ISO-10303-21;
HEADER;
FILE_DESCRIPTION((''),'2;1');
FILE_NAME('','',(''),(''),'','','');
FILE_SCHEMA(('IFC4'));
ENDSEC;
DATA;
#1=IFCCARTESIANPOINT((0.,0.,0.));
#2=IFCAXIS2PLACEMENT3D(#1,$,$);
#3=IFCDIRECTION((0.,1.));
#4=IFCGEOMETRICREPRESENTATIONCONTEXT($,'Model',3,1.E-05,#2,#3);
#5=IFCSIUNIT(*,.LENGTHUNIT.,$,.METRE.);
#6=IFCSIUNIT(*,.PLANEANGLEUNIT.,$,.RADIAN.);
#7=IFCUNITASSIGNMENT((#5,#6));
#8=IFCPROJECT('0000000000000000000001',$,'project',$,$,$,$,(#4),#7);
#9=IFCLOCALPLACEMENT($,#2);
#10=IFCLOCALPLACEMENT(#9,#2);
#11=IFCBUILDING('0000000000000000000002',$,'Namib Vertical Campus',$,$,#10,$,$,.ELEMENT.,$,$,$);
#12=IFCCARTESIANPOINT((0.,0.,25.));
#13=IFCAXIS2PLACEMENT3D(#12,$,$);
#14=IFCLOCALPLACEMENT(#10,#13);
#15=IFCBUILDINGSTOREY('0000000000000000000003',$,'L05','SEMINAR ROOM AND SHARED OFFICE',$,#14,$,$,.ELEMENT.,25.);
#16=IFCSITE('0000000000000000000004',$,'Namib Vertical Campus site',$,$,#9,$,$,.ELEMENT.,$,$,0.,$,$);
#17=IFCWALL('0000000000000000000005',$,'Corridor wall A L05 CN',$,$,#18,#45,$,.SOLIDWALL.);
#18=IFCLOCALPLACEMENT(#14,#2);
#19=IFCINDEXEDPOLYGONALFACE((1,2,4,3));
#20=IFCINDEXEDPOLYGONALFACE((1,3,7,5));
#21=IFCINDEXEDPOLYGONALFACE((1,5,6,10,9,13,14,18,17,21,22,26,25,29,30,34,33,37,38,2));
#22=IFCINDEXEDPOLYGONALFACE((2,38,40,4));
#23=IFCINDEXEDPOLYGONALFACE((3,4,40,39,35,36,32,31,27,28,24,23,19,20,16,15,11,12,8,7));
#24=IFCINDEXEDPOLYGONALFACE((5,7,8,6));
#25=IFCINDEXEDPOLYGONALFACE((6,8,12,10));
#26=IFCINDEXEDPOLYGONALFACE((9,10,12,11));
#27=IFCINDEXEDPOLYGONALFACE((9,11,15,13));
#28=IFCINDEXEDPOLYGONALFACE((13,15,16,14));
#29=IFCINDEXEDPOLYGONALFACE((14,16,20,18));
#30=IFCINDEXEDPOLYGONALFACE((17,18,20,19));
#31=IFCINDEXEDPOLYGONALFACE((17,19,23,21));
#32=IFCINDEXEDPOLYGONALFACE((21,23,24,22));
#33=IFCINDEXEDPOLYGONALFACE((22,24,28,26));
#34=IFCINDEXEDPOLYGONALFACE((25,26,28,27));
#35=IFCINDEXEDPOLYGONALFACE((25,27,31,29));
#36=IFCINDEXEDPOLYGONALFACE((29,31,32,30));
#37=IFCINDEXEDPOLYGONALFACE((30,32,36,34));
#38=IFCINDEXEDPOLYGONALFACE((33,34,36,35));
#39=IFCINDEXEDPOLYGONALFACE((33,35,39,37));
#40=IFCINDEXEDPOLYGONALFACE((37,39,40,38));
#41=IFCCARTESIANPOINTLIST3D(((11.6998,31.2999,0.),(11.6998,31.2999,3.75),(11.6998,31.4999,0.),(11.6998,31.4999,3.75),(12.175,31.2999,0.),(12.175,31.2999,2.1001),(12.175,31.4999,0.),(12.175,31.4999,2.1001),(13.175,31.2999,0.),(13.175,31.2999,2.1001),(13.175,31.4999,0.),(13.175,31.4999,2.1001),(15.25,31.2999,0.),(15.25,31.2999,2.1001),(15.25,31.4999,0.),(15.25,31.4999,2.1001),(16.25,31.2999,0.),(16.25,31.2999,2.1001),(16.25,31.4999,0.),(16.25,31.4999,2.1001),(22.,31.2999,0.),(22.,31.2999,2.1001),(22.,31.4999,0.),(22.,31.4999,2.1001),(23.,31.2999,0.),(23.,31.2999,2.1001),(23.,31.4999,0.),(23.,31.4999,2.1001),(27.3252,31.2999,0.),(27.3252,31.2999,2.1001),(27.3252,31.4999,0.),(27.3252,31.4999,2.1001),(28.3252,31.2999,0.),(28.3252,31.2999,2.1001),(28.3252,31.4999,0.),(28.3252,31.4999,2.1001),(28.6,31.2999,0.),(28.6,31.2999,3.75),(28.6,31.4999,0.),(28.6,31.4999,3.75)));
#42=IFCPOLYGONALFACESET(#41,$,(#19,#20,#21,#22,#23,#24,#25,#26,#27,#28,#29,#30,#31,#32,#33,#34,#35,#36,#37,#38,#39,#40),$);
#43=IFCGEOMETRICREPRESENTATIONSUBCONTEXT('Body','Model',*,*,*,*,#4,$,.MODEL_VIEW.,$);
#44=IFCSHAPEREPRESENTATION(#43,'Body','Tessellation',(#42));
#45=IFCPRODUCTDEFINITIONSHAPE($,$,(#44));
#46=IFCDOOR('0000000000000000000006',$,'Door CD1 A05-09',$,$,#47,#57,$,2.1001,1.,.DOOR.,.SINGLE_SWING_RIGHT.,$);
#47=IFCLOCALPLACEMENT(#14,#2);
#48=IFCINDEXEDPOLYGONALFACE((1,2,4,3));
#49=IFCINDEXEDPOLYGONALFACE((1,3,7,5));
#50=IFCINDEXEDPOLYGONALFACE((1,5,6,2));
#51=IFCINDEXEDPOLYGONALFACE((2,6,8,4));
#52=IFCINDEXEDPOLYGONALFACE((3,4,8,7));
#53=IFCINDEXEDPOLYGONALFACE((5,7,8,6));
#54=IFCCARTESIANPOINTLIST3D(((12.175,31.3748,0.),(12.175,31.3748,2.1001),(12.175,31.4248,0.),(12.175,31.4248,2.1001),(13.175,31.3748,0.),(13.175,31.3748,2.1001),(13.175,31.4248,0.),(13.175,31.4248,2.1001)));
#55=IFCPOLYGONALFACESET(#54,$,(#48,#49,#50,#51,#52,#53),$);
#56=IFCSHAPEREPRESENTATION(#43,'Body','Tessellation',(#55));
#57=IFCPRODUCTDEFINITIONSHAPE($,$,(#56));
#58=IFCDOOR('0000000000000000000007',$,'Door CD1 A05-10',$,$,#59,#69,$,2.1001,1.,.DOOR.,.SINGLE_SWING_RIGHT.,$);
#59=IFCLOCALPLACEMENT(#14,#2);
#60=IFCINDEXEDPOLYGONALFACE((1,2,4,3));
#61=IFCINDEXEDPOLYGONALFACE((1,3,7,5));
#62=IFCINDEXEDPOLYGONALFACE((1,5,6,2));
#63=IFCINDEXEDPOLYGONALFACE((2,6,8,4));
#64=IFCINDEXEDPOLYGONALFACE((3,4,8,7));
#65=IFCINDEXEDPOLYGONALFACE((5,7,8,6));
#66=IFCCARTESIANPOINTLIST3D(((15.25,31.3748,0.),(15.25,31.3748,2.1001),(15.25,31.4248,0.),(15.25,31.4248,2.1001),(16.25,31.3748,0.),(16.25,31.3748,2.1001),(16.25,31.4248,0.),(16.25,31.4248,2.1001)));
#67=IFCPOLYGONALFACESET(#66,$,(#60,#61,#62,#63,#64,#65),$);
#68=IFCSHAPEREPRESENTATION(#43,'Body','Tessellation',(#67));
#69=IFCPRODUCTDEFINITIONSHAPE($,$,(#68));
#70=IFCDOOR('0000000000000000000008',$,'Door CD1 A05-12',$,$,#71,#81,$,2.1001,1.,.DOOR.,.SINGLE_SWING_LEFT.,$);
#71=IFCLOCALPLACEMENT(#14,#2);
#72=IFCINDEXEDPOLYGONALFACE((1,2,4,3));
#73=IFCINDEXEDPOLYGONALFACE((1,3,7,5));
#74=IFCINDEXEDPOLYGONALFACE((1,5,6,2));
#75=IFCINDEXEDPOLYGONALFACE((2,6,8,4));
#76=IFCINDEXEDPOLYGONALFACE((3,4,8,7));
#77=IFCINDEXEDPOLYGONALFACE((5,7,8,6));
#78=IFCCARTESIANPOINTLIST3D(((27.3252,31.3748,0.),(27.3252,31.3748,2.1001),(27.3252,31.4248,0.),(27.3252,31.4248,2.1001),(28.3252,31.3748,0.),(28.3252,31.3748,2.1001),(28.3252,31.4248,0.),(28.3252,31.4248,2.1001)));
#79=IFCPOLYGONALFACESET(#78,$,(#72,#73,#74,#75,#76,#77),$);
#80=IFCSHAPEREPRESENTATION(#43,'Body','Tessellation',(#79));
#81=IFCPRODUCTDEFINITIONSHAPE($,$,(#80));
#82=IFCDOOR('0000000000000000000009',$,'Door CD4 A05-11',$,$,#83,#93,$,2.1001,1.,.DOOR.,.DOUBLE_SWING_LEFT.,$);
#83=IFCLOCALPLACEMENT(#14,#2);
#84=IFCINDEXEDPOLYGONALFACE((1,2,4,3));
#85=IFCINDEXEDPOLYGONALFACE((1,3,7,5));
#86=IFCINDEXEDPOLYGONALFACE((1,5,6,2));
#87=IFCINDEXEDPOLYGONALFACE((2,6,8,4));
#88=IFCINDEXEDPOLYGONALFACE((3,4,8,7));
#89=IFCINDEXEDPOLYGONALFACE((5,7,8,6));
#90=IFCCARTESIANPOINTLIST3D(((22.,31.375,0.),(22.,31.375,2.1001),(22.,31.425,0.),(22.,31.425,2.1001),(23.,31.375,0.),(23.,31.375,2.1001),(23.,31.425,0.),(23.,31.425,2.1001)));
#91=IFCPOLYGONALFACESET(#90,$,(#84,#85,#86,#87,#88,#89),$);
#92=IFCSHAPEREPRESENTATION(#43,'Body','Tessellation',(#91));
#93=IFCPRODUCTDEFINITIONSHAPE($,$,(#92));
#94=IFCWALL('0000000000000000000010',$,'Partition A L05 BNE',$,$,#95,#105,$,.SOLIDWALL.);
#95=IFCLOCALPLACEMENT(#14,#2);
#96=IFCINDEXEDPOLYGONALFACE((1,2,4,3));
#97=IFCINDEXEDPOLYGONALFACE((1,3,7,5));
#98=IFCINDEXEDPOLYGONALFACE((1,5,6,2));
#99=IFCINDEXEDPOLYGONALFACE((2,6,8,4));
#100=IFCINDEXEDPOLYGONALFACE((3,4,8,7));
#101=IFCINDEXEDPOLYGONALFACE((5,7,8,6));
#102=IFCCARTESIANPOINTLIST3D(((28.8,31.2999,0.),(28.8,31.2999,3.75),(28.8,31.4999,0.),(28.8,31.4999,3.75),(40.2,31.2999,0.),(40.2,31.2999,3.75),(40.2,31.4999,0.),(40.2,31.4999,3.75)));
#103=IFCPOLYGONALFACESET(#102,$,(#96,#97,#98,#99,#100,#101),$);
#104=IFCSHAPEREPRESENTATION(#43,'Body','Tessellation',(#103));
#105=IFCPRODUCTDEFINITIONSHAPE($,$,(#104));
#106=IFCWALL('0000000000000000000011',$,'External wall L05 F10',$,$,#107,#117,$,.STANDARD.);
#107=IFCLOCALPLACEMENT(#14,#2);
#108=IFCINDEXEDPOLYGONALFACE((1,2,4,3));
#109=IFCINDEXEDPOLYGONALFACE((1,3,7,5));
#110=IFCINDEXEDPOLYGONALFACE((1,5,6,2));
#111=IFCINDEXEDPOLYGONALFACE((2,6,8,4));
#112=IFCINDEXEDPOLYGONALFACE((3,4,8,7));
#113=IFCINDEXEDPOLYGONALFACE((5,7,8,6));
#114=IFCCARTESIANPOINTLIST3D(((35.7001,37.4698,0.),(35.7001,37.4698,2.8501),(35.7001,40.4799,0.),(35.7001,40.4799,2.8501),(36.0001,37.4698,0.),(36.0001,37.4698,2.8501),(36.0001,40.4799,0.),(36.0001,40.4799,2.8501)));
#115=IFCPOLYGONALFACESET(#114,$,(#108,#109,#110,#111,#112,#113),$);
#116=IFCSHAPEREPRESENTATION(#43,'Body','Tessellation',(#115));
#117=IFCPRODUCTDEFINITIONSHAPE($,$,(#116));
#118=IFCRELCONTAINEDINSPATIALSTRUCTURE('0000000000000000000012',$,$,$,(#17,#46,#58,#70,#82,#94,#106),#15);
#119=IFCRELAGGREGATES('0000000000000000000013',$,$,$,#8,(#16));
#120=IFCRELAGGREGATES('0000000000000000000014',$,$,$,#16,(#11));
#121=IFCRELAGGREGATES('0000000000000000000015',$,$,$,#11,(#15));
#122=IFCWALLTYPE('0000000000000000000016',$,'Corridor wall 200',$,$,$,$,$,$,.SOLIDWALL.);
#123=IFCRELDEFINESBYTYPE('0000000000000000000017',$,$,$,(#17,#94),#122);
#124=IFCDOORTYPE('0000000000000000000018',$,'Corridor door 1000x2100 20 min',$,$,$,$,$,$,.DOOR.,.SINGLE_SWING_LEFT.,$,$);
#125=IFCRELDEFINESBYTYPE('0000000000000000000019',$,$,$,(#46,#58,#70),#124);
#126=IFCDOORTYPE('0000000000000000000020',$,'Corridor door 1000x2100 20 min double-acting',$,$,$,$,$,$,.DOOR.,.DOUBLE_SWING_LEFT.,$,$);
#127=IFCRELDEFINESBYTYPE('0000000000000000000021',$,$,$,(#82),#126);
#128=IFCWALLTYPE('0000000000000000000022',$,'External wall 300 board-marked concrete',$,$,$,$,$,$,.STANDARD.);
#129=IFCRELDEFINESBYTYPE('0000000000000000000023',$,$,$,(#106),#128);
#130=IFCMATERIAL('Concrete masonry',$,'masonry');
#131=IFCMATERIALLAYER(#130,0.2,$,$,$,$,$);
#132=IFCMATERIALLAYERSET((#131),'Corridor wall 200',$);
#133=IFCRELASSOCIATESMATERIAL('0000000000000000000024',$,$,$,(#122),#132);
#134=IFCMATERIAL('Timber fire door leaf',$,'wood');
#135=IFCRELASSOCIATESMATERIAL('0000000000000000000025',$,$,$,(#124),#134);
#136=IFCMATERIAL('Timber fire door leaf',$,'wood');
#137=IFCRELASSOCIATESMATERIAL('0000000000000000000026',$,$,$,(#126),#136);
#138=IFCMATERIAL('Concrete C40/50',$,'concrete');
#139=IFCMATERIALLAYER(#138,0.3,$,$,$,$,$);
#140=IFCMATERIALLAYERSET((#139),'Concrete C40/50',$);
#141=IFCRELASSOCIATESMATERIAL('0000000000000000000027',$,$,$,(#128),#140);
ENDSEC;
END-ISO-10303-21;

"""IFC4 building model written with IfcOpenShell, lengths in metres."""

from ifc_helpers import new_model, si_unit, direction, frame, frame_2d, origin, place, context, subcontext, project, spatial, rectangle, extrude, material, layer, layer_set, type_object, element, fill, save


model = new_model("IFC4")

# Units and contexts
model_context = context("Model", 3, precision=1e-05, world=origin(), true_north=direction((0.0, 1.0)))
body_context = subcontext(model_context, "Body", "Model", "MODEL_VIEW")
ifc_project = project(units=[si_unit("LENGTHUNIT", "METRE"), si_unit("PLANEANGLEUNIT", "RADIAN")], contexts=[model_context])

# Site, building, storey
site_placement = place(None, origin())
site = spatial("IfcSite", under=ifc_project, at=site_placement, Name="Namib Vertical Campus site", CompositionType="ELEMENT", RefElevation=0.0)
building_placement = place(site_placement, origin())
building = spatial("IfcBuilding", under=site, at=building_placement, Name="Namib Vertical Campus", CompositionType="ELEMENT")
storey_placement = place(building_placement, frame((0.0, 0.0, 25.0)))
storey = spatial("IfcBuildingStorey", under=building, at=storey_placement, Name="L05", Description="SEMINAR ROOM AND SHARED OFFICE", CompositionType="ELEMENT", Elevation=25.0)

# Wall, openings, doors
ifc_material_1 = material(Name="Concrete masonry", Category="masonry")
ifc_layer_1 = layer(ifc_material_1, 0.2)
ifc_layer_set_1 = layer_set([ifc_layer_1], Name="Corridor wall 200")
wall_type_1 = type_object("IfcWallType", Name="Corridor wall 200", PredefinedType="SOLIDWALL", material=ifc_layer_set_1)
wall_1_placement = place(storey_placement, frame((28.6001, 31.3999, 0.0), z_axis=(0.0, 0.0, 1.0), x_axis=(-1.0, 0.0, 0.0)))
wall_1 = element("IfcWall", 1, at=wall_1_placement, inside=storey, type_object=wall_type_1, Name="Corridor wall A L05 CN", PredefinedType="SOLIDWALL", context=body_context, shape_type="SweptSolid", body=[
    extrude(rectangle(XDim=16.9001, YDim=0.2, at=frame_2d((8.4502, 0.0))), origin(), (0.0, 0.0, 1.0), 3.75),
])
opening_1_placement = place(wall_1_placement, frame((15.425, 0.0, 0.0)))
opening_1 = element("IfcOpeningElement", 2, at=opening_1_placement, cuts=wall_1, PredefinedType="OPENING", context=body_context, shape_type="SweptSolid", body=[
    extrude(rectangle(XDim=1.0, YDim=2.1001, at=frame_2d((0.5, 1.05))), frame((0.0, 0.1099, 0.0), z_axis=(0.0, -1.0, 0.0), x_axis=(1.0, 0.0, 0.0)), (0.0, 0.0, 1.0), 0.22),
])
opening_2_placement = place(wall_1_placement, frame((12.3501, 0.0, 0.0)))
opening_2 = element("IfcOpeningElement", 3, at=opening_2_placement, cuts=wall_1, PredefinedType="OPENING", context=body_context, shape_type="SweptSolid", body=[
    extrude(rectangle(XDim=1.0, YDim=2.1001, at=frame_2d((0.5, 1.05))), frame((0.0, 0.1099, 0.0), z_axis=(0.0, -1.0, 0.0), x_axis=(1.0, 0.0, 0.0)), (0.0, 0.0, 1.0), 0.22),
])
opening_3_placement = place(wall_1_placement, frame((5.6001, 0.0, 0.0)))
opening_3 = element("IfcOpeningElement", 4, at=opening_3_placement, cuts=wall_1, PredefinedType="OPENING", context=body_context, shape_type="SweptSolid", body=[
    extrude(rectangle(XDim=1.0, YDim=2.1001, at=frame_2d((0.5, 1.05))), frame((0.0, 0.1099, 0.0), z_axis=(0.0, -1.0, 0.0), x_axis=(1.0, 0.0, 0.0)), (0.0, 0.0, 1.0), 0.22),
])
opening_4_placement = place(wall_1_placement, frame((0.2749, 0.0, 0.0)))
opening_4 = element("IfcOpeningElement", 5, at=opening_4_placement, cuts=wall_1, PredefinedType="OPENING", context=body_context, shape_type="SweptSolid", body=[
    extrude(rectangle(XDim=1.0, YDim=2.1001, at=frame_2d((0.5, 1.05))), frame((0.0, 0.1099, 0.0), z_axis=(0.0, -1.0, 0.0), x_axis=(1.0, 0.0, 0.0)), (0.0, 0.0, 1.0), 0.22),
])
ifc_material_2 = material(Name="Timber fire door leaf", Category="wood")
door_type_1 = type_object("IfcDoorType", Name="Corridor door 1000x2100 20 min", OperationType="SINGLE_SWING_LEFT", PredefinedType="DOOR", material=ifc_material_2)
door_1_placement = place(opening_1_placement, frame((1.0, 0.0, 0.0), z_axis=(0.0, 0.0, 1.0), x_axis=(-1.0, 0.0, 0.0)))
door_1 = element("IfcDoor", 6, at=door_1_placement, inside=storey, type_object=door_type_1, Name="Door CD1 A05-09", OperationType="SINGLE_SWING_RIGHT", OverallHeight=2.1001, OverallWidth=1.0, PredefinedType="DOOR", context=body_context, shape_type="SweptSolid", body=[
    extrude(rectangle(XDim=1.0, YDim=2.1001, at=frame_2d((0.5, 1.05))), frame((0.0, 0.0249, 0.0), z_axis=(0.0, -1.0, 0.0), x_axis=(1.0, 0.0, 0.0)), (0.0, 0.0, 1.0), 0.05),
])
fill(opening_1, door_1)
door_2_placement = place(opening_2_placement, frame((1.0, 0.0, 0.0), z_axis=(0.0, 0.0, 1.0), x_axis=(-1.0, 0.0, 0.0)))
door_2 = element("IfcDoor", 7, at=door_2_placement, inside=storey, type_object=door_type_1, Name="Door CD1 A05-10", OperationType="SINGLE_SWING_RIGHT", OverallHeight=2.1001, OverallWidth=1.0, PredefinedType="DOOR", context=body_context, shape_type="SweptSolid", body=[
    extrude(rectangle(XDim=1.0, YDim=2.1001, at=frame_2d((0.5, 1.05))), frame((0.0, 0.0249, 0.0), z_axis=(0.0, -1.0, 0.0), x_axis=(1.0, 0.0, 0.0)), (0.0, 0.0, 1.0), 0.05),
])
fill(opening_2, door_2)
door_3_placement = place(opening_4_placement, frame((1.0, 0.0, 0.0), z_axis=(0.0, 0.0, 1.0), x_axis=(-1.0, 0.0, 0.0)))
door_3 = element("IfcDoor", 8, at=door_3_placement, inside=storey, type_object=door_type_1, Name="Door CD1 A05-12", OperationType="SINGLE_SWING_LEFT", OverallHeight=2.1001, OverallWidth=1.0, PredefinedType="DOOR", context=body_context, shape_type="SweptSolid", body=[
    extrude(rectangle(XDim=1.0, YDim=2.1001, at=frame_2d((0.5, 1.05))), frame((0.0, 0.0249, 0.0), z_axis=(0.0, -1.0, 0.0), x_axis=(1.0, 0.0, 0.0)), (0.0, 0.0, 1.0), 0.05),
])
fill(opening_4, door_3)
ifc_material_3 = material(Name="Timber fire door leaf", Category="wood")
door_type_2 = type_object("IfcDoorType", Name="Corridor door 1000x2100 20 min double-acting", OperationType="DOUBLE_SWING_LEFT", PredefinedType="DOOR", material=ifc_material_3)
door_4_placement = place(opening_3_placement, origin())
door_4 = element("IfcDoor", 9, at=door_4_placement, inside=storey, type_object=door_type_2, Name="Door CD4 A05-11", OperationType="DOUBLE_SWING_LEFT", OverallHeight=2.1001, OverallWidth=1.0, PredefinedType="DOOR", context=body_context, shape_type="SweptSolid", body=[
    extrude(rectangle(XDim=1.0, YDim=2.1001, at=frame_2d((0.5, 1.05))), frame((0.0, 0.0249, 0.0), z_axis=(0.0, -1.0, 0.0), x_axis=(1.0, 0.0, 0.0)), (0.0, 0.0, 1.0), 0.05),
])
fill(opening_3, door_4)

# Walls
wall_2_placement = place(storey_placement, frame((28.8, 31.3999, 0.0), z_axis=(0.0, 0.0, 1.0), x_axis=(1.0, 0.0, 0.0)))
element("IfcWall", 10, at=wall_2_placement, inside=storey, type_object=wall_type_1, Name="Partition A L05 BNE", PredefinedType="SOLIDWALL", context=body_context, shape_type="SweptSolid", body=[
    extrude(rectangle(XDim=11.3999, YDim=0.2, at=frame_2d((5.7, 0.0))), origin(), (0.0, 0.0, 1.0), 3.75),
])
ifc_material_4 = material(Name="Concrete C40/50", Category="concrete")
ifc_layer_2 = layer(ifc_material_4, 0.3)
ifc_layer_set_2 = layer_set([ifc_layer_2], Name="Concrete C40/50")
wall_type_2 = type_object("IfcWallType", Name="External wall 300 board-marked concrete", PredefinedType="STANDARD", material=ifc_layer_set_2)
wall_3_placement = place(storey_placement, frame((35.8501, 37.47, 0.0), z_axis=(0.0, 0.0, 1.0), x_axis=(0.0, 1.0, 0.0)))
element("IfcWall", 11, at=wall_3_placement, inside=storey, type_object=wall_type_2, Name="External wall L05 F10", PredefinedType="STANDARD", context=body_context, shape_type="SweptSolid", body=[
    extrude(rectangle(XDim=3.01, YDim=0.3, at=frame_2d((1.5049, 0.0))), origin(), (0.0, 0.0, 1.0), 2.8501),
])

save(model, "model.ifc")
